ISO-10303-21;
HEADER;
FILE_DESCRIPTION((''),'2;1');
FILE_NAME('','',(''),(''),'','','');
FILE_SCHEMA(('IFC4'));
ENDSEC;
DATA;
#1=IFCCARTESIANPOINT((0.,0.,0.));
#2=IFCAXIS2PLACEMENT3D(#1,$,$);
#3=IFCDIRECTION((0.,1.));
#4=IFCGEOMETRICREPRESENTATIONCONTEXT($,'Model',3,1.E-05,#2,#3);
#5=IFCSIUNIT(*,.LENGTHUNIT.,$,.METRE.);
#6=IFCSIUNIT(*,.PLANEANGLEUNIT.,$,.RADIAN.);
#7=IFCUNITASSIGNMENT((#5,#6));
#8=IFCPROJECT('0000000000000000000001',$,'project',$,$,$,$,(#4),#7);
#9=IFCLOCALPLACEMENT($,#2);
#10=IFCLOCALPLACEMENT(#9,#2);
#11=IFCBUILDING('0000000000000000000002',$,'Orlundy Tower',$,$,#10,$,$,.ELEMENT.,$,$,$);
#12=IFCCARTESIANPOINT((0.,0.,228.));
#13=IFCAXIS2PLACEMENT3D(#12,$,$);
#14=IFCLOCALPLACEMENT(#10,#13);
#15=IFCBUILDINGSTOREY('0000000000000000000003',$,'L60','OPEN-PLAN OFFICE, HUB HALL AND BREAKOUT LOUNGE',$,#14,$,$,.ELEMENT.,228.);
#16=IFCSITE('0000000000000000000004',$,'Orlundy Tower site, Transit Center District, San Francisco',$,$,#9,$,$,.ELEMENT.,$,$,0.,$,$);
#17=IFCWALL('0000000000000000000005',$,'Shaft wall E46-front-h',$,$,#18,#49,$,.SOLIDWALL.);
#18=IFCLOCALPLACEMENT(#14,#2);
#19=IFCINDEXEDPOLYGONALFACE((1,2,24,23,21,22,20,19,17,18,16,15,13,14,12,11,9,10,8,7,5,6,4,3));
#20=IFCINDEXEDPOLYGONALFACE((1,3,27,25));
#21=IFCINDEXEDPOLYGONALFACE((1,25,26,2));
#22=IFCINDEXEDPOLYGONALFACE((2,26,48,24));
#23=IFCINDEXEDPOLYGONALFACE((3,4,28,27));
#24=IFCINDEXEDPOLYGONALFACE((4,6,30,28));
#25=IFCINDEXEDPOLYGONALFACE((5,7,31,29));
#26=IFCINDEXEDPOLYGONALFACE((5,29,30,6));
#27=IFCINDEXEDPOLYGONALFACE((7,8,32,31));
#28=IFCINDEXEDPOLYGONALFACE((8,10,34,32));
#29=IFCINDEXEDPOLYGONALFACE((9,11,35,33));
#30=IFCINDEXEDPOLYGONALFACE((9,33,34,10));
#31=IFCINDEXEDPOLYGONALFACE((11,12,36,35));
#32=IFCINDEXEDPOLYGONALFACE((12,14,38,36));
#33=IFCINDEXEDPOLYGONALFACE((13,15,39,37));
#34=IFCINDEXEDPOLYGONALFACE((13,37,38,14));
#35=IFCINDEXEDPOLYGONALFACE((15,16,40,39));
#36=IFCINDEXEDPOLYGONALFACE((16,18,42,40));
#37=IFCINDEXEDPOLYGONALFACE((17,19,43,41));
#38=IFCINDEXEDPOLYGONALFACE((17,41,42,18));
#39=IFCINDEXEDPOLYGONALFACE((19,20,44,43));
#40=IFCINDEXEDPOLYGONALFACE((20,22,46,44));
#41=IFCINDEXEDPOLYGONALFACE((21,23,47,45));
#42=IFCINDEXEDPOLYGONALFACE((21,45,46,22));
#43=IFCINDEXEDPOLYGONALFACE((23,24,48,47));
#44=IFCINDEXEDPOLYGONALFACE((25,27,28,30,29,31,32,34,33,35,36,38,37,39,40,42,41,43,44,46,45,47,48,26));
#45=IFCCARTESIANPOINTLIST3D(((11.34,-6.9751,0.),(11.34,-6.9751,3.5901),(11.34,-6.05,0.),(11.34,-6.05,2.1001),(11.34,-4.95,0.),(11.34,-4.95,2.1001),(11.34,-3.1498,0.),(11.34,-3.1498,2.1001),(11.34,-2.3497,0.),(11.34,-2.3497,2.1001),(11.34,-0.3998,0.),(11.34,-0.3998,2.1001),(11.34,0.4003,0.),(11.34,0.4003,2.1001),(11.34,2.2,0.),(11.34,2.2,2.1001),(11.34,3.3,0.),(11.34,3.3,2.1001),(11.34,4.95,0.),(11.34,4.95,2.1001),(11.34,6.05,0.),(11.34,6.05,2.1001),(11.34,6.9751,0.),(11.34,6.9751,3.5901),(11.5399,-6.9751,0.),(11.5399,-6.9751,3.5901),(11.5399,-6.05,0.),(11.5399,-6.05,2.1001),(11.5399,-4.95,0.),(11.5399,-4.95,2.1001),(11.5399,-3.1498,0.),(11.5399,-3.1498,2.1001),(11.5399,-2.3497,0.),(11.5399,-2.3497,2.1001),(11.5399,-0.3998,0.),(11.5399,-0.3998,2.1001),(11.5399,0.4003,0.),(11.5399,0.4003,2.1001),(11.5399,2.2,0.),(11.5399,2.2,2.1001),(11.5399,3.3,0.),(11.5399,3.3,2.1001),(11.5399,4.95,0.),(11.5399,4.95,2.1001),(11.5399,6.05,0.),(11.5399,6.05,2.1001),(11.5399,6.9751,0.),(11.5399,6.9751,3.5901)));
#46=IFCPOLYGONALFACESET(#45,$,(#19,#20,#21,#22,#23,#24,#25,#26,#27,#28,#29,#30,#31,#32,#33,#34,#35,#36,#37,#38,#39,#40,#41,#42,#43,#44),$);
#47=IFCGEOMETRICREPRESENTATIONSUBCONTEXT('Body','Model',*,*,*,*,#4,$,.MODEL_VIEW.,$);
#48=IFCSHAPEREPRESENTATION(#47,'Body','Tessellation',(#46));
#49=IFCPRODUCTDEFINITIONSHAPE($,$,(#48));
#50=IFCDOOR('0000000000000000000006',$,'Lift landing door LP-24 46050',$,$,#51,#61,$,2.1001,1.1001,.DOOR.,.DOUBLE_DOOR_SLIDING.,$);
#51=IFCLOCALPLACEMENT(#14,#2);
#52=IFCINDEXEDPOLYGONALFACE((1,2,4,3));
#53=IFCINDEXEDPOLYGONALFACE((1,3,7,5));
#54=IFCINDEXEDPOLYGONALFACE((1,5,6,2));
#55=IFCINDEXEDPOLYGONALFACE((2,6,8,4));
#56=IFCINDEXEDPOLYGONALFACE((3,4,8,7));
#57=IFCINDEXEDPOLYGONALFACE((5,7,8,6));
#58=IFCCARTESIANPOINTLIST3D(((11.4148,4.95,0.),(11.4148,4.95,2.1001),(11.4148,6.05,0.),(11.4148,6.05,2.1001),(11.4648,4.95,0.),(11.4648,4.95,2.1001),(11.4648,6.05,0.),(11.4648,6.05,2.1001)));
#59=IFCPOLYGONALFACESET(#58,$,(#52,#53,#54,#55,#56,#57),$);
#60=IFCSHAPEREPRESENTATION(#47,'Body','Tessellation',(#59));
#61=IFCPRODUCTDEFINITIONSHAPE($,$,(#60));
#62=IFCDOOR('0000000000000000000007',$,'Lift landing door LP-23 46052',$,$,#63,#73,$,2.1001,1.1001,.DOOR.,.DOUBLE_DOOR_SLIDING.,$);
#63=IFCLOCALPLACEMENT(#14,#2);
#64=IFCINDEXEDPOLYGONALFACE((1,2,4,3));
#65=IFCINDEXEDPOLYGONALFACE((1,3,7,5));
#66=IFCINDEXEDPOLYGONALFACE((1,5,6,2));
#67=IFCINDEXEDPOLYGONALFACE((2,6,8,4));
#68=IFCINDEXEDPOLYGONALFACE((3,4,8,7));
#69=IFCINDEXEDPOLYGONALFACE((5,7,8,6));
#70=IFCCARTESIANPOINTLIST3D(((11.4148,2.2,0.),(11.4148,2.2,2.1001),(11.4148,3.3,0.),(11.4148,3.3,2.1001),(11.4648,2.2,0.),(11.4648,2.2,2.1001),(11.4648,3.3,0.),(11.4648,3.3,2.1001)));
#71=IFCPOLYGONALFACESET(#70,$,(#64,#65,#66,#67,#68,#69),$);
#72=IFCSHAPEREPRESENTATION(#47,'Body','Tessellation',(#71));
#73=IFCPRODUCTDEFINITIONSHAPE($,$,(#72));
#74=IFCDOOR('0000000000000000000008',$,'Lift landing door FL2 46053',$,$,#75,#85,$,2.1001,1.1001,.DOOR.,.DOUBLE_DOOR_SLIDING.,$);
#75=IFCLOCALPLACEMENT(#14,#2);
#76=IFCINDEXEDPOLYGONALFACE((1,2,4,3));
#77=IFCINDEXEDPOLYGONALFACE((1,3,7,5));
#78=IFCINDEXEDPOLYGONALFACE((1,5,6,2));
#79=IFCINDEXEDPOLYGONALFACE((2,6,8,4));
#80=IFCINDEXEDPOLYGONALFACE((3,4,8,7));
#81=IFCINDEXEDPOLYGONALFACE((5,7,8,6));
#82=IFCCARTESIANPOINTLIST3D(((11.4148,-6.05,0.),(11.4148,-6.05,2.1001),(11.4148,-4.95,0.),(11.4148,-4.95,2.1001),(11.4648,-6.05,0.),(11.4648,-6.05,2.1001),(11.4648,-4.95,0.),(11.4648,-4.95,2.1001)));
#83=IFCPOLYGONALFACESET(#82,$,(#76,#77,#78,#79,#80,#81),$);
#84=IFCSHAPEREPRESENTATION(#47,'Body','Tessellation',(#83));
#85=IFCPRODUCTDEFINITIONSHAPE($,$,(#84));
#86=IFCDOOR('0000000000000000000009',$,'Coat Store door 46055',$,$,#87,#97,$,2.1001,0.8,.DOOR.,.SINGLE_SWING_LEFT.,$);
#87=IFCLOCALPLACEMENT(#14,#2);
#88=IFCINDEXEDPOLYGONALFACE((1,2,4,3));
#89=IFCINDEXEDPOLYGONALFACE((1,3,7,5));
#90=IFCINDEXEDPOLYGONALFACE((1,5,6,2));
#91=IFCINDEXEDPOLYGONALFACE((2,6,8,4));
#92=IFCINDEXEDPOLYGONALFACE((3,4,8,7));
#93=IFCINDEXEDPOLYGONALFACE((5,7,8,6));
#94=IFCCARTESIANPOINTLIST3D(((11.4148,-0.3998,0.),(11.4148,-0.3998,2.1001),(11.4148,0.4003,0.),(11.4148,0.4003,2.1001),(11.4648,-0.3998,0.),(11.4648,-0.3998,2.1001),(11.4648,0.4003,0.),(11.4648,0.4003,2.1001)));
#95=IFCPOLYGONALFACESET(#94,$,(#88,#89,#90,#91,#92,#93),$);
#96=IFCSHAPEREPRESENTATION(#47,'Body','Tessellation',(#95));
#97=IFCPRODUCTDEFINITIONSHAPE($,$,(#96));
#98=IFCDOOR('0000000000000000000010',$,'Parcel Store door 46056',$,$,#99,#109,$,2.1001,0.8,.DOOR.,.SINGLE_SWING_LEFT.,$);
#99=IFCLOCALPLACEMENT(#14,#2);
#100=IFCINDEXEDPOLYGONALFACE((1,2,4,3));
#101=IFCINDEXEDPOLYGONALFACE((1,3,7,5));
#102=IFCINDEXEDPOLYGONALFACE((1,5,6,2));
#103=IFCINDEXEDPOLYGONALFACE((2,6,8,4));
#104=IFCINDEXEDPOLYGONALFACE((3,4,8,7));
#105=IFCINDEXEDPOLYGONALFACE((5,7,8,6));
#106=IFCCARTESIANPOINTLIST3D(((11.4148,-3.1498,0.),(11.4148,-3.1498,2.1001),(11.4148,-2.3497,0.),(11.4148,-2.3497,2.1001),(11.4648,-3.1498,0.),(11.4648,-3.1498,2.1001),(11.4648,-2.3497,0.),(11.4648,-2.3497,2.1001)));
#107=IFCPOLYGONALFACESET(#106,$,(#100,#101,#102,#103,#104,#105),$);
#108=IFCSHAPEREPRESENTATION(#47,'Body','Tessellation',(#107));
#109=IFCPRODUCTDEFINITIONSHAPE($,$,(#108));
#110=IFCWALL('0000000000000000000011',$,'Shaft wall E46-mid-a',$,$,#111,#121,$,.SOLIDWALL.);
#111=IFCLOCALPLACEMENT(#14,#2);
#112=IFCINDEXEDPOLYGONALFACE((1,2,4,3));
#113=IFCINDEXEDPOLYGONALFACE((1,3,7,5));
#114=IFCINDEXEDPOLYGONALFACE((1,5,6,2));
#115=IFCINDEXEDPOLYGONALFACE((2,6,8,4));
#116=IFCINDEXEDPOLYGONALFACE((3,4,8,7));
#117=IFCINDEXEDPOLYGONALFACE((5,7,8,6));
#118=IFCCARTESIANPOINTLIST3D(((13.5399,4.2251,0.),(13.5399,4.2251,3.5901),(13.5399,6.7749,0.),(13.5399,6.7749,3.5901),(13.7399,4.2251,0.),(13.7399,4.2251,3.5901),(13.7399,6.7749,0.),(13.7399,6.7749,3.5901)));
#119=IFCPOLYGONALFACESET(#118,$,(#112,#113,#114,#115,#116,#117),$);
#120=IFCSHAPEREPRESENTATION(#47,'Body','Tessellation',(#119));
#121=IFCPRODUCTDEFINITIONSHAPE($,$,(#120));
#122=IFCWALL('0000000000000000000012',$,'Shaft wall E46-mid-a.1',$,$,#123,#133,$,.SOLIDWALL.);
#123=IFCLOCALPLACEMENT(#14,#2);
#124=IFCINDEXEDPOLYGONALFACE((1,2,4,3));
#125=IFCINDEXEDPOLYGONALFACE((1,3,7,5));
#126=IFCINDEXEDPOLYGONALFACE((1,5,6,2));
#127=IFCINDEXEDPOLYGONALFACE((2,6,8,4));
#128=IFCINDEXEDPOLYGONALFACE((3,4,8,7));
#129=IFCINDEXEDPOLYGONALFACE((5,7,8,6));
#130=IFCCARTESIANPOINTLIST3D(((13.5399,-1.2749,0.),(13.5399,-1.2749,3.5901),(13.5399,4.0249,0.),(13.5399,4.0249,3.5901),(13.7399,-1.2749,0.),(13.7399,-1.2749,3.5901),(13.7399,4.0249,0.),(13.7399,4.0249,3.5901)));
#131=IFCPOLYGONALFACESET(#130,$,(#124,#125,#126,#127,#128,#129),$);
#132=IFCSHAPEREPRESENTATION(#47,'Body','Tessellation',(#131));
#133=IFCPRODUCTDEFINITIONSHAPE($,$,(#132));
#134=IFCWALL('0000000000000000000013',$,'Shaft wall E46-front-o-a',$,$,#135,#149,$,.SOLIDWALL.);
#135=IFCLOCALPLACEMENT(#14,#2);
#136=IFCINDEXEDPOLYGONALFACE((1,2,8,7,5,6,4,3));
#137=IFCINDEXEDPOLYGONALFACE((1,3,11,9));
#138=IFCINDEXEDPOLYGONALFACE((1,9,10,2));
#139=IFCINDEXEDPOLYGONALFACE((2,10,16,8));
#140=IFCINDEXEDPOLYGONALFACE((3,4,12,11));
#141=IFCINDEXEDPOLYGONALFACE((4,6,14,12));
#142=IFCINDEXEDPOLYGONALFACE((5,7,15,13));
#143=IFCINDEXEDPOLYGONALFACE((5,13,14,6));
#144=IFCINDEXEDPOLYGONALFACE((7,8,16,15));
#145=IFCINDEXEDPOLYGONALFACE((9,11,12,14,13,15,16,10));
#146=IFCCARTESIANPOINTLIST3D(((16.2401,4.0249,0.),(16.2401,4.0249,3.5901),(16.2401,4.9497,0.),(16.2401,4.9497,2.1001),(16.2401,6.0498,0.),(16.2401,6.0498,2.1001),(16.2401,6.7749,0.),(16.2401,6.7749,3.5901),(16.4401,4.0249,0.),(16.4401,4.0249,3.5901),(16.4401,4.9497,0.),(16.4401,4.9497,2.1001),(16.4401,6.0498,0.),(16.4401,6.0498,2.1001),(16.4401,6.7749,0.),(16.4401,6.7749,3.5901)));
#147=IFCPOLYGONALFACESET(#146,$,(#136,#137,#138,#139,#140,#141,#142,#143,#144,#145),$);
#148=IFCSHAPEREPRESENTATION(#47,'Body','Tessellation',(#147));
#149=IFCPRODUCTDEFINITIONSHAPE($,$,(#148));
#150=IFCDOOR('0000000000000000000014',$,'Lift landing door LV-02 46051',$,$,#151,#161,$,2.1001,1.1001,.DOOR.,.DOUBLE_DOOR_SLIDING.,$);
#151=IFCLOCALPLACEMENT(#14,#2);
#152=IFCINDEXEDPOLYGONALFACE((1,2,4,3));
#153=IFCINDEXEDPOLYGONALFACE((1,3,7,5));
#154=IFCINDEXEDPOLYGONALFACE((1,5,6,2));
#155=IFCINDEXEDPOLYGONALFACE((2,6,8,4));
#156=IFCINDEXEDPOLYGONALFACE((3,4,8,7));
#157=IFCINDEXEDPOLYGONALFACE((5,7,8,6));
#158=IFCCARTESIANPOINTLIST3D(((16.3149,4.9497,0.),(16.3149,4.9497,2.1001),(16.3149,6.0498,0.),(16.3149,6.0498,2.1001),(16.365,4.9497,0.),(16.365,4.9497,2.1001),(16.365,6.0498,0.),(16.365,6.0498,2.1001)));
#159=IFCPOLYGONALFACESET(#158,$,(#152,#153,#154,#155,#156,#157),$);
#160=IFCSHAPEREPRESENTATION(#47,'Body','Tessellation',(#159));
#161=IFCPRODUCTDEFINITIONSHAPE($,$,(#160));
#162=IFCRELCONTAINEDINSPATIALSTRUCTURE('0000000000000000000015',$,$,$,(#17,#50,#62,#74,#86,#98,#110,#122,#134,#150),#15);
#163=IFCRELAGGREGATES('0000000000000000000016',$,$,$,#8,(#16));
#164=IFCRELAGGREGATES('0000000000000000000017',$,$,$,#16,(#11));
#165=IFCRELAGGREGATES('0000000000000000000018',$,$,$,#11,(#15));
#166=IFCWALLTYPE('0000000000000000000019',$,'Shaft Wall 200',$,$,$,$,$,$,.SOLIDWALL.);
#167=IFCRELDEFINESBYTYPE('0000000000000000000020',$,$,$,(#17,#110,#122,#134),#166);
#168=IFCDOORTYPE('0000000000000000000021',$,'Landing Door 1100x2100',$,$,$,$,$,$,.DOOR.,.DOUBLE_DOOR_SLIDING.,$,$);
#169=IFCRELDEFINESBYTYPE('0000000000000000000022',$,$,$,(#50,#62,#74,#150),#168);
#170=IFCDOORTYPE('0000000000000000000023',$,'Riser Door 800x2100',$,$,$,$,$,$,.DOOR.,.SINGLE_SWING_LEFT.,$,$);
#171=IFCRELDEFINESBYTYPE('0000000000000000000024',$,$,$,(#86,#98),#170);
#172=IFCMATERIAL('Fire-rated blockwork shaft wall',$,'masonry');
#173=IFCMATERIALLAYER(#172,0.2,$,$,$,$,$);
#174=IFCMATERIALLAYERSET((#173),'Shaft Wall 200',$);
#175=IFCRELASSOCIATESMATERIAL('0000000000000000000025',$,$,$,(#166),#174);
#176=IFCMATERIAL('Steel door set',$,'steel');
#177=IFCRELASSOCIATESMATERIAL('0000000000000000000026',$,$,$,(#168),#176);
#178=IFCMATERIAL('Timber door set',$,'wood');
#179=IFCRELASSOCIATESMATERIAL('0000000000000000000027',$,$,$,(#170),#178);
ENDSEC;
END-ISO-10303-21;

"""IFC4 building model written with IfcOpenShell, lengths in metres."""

from ifc_helpers import new_model, si_unit, direction, frame, frame_2d, origin, place, context, subcontext, project, spatial, rectangle, extrude, material, layer, layer_set, type_object, element, fill, save


model = new_model("IFC4")

# Units and contexts
model_context = context("Model", 3, precision=1e-05, world=origin(), true_north=direction((0.0, 1.0)))
body_context = subcontext(model_context, "Body", "Model", "MODEL_VIEW")
ifc_project = project(units=[si_unit("LENGTHUNIT", "METRE"), si_unit("PLANEANGLEUNIT", "RADIAN")], contexts=[model_context])

# Site, building, storey
site_placement = place(None, origin())
site = spatial("IfcSite", under=ifc_project, at=site_placement, Name="Orlundy Tower site, Transit Center District, San Francisco", CompositionType="ELEMENT", RefElevation=0.0)
building_placement = place(site_placement, origin())
building = spatial("IfcBuilding", under=site, at=building_placement, Name="Orlundy Tower", CompositionType="ELEMENT")
storey_placement = place(building_placement, frame((0.0, 0.0, 228.0)))
storey = spatial("IfcBuildingStorey", under=building, at=storey_placement, Name="L60", Description="OPEN-PLAN OFFICE, HUB HALL AND BREAKOUT LOUNGE", CompositionType="ELEMENT", Elevation=228.0)

# Shared definitions
ifc_material_1 = material(Name="Fire-rated blockwork shaft wall", Category="masonry")
ifc_layer_1 = layer(ifc_material_1, 0.2)
ifc_layer_set_1 = layer_set([ifc_layer_1], Name="Shaft Wall 200")
wall_type_1 = type_object("IfcWallType", Name="Shaft Wall 200", PredefinedType="SOLIDWALL", material=ifc_layer_set_1)

# Wall, openings, doors
wall_1_placement = place(storey_placement, frame((11.4399, 6.9751, 0.0), z_axis=(0.0, 0.0, 1.0), x_axis=(0.0, -1.0, 0.0)))
wall_1 = element("IfcWall", 1, at=wall_1_placement, inside=storey, type_object=wall_type_1, Name="Shaft wall E46-front-h", PredefinedType="SOLIDWALL", context=body_context, shape_type="SweptSolid", body=[
    extrude(rectangle(XDim=13.9502, YDim=0.2, at=frame_2d((6.9751, 0.0))), origin(), (0.0, 0.0, 1.0), 3.5901),
])
opening_1_placement = place(wall_1_placement, frame((0.925, 0.0, 0.0)))
opening_1 = element("IfcOpeningElement", 2, at=opening_1_placement, cuts=wall_1, PredefinedType="OPENING", context=body_context, shape_type="SweptSolid", body=[
    extrude(rectangle(XDim=1.1001, YDim=2.1001, at=frame_2d((0.55, 1.05))), frame((0.0, 0.1101, 0.0), z_axis=(0.0, -1.0, 0.0), x_axis=(1.0, 0.0, 0.0)), (0.0, 0.0, 1.0), 0.2202),
])
opening_2_placement = place(wall_1_placement, frame((3.675, 0.0, 0.0)))
opening_2 = element("IfcOpeningElement", 3, at=opening_2_placement, cuts=wall_1, PredefinedType="OPENING", context=body_context, shape_type="SweptSolid", body=[
    extrude(rectangle(XDim=1.1001, YDim=2.1001, at=frame_2d((0.55, 1.05))), frame((0.0, 0.1101, 0.0), z_axis=(0.0, -1.0, 0.0), x_axis=(1.0, 0.0, 0.0)), (0.0, 0.0, 1.0), 0.2202),
])
opening_3_placement = place(wall_1_placement, frame((11.925, 0.0, 0.0)))
opening_3 = element("IfcOpeningElement", 4, at=opening_3_placement, cuts=wall_1, PredefinedType="OPENING", context=body_context, shape_type="SweptSolid", body=[
    extrude(rectangle(XDim=1.1001, YDim=2.1001, at=frame_2d((0.55, 1.05))), frame((0.0, 0.1101, 0.0), z_axis=(0.0, -1.0, 0.0), x_axis=(1.0, 0.0, 0.0)), (0.0, 0.0, 1.0), 0.2202),
])
opening_4_placement = place(wall_1_placement, frame((6.575, 0.0, 0.0)))
opening_4 = element("IfcOpeningElement", 5, at=opening_4_placement, cuts=wall_1, PredefinedType="OPENING", context=body_context, shape_type="SweptSolid", body=[
    extrude(rectangle(XDim=0.8, YDim=2.1001, at=frame_2d((0.3999, 1.05))), frame((0.0, 0.1101, 0.0), z_axis=(0.0, -1.0, 0.0), x_axis=(1.0, 0.0, 0.0)), (0.0, 0.0, 1.0), 0.2202),
])
opening_5_placement = place(wall_1_placement, frame((9.325, 0.0, 0.0)))
opening_5 = element("IfcOpeningElement", 6, at=opening_5_placement, cuts=wall_1, PredefinedType="OPENING", context=body_context, shape_type="SweptSolid", body=[
    extrude(rectangle(XDim=0.8, YDim=2.1001, at=frame_2d((0.3999, 1.05))), frame((0.0, 0.1101, 0.0), z_axis=(0.0, -1.0, 0.0), x_axis=(1.0, 0.0, 0.0)), (0.0, 0.0, 1.0), 0.2202),
])
ifc_material_2 = material(Name="Steel door set", Category="steel")
door_type_1 = type_object("IfcDoorType", Name="Landing Door 1100x2100", OperationType="DOUBLE_DOOR_SLIDING", PredefinedType="DOOR", material=ifc_material_2)
door_1_placement = place(opening_1_placement, origin())
door_1 = element("IfcDoor", 7, at=door_1_placement, inside=storey, type_object=door_type_1, Name="Lift landing door LP-24 46050", OperationType="DOUBLE_DOOR_SLIDING", OverallHeight=2.1001, OverallWidth=1.1001, PredefinedType="DOOR", context=body_context, shape_type="SweptSolid", body=[
    extrude(rectangle(XDim=1.1001, YDim=2.1001, at=frame_2d((0.55, 1.05))), frame((0.0, 0.0249, 0.0), z_axis=(0.0, -1.0, 0.0), x_axis=(1.0, 0.0, 0.0)), (0.0, 0.0, 1.0), 0.05),
])
fill(opening_1, door_1)
door_2_placement = place(opening_2_placement, origin())
door_2 = element("IfcDoor", 8, at=door_2_placement, inside=storey, type_object=door_type_1, Name="Lift landing door LP-23 46052", OperationType="DOUBLE_DOOR_SLIDING", OverallHeight=2.1001, OverallWidth=1.1001, PredefinedType="DOOR", context=body_context, shape_type="SweptSolid", body=[
    extrude(rectangle(XDim=1.1001, YDim=2.1001, at=frame_2d((0.55, 1.05))), frame((0.0, 0.0249, 0.0), z_axis=(0.0, -1.0, 0.0), x_axis=(1.0, 0.0, 0.0)), (0.0, 0.0, 1.0), 0.05),
])
fill(opening_2, door_2)
door_3_placement = place(opening_3_placement, origin())
door_3 = element("IfcDoor", 9, at=door_3_placement, inside=storey, type_object=door_type_1, Name="Lift landing door FL2 46053", OperationType="DOUBLE_DOOR_SLIDING", OverallHeight=2.1001, OverallWidth=1.1001, PredefinedType="DOOR", context=body_context, shape_type="SweptSolid", body=[
    extrude(rectangle(XDim=1.1001, YDim=2.1001, at=frame_2d((0.55, 1.05))), frame((0.0, 0.0249, 0.0), z_axis=(0.0, -1.0, 0.0), x_axis=(1.0, 0.0, 0.0)), (0.0, 0.0, 1.0), 0.05),
])
fill(opening_3, door_3)
ifc_material_3 = material(Name="Timber door set", Category="wood")
door_type_2 = type_object("IfcDoorType", Name="Riser Door 800x2100", OperationType="SINGLE_SWING_LEFT", PredefinedType="DOOR", material=ifc_material_3)
door_4_placement = place(opening_4_placement, origin())
door_4 = element("IfcDoor", 10, at=door_4_placement, inside=storey, type_object=door_type_2, Name="Coat Store door 46055", OperationType="SINGLE_SWING_LEFT", OverallHeight=2.1001, OverallWidth=0.8, PredefinedType="DOOR", context=body_context, shape_type="SweptSolid", body=[
    extrude(rectangle(XDim=0.8, YDim=2.1001, at=frame_2d((0.3999, 1.05))), frame((0.0, 0.0249, 0.0), z_axis=(0.0, -1.0, 0.0), x_axis=(1.0, 0.0, 0.0)), (0.0, 0.0, 1.0), 0.05),
])
fill(opening_4, door_4)
door_5_placement = place(opening_5_placement, origin())
door_5 = element("IfcDoor", 11, at=door_5_placement, inside=storey, type_object=door_type_2, Name="Parcel Store door 46056", OperationType="SINGLE_SWING_LEFT", OverallHeight=2.1001, OverallWidth=0.8, PredefinedType="DOOR", context=body_context, shape_type="SweptSolid", body=[
    extrude(rectangle(XDim=0.8, YDim=2.1001, at=frame_2d((0.3999, 1.05))), frame((0.0, 0.0249, 0.0), z_axis=(0.0, -1.0, 0.0), x_axis=(1.0, 0.0, 0.0)), (0.0, 0.0, 1.0), 0.05),
])
fill(opening_5, door_5)

# Walls
wall_2_placement = place(storey_placement, frame((13.6399, 6.7749, 0.0), z_axis=(0.0, 0.0, 1.0), x_axis=(0.0, -1.0, 0.0)))
element("IfcWall", 12, at=wall_2_placement, inside=storey, type_object=wall_type_1, Name="Shaft wall E46-mid-a", PredefinedType="SOLIDWALL", context=body_context, shape_type="SweptSolid", body=[
    extrude(rectangle(XDim=2.5498, YDim=0.2, at=frame_2d((1.2749, 0.0))), origin(), (0.0, 0.0, 1.0), 3.5901),
])
wall_3_placement = place(storey_placement, frame((13.6399, 4.0249, 0.0), z_axis=(0.0, 0.0, 1.0), x_axis=(0.0, -1.0, 0.0)))
element("IfcWall", 13, at=wall_3_placement, inside=storey, type_object=wall_type_1, Name="Shaft wall E46-mid-a.1", PredefinedType="SOLIDWALL", context=body_context, shape_type="SweptSolid", body=[
    extrude(rectangle(XDim=5.2998, YDim=0.2, at=frame_2d((2.6499, 0.0))), origin(), (0.0, 0.0, 1.0), 3.5901),
])

# Wall, opening, door
wall_4_placement = place(storey_placement, frame((16.3401, 6.7749, 0.0), z_axis=(0.0, 0.0, 1.0), x_axis=(0.0, -1.0, 0.0)))
wall_4 = element("IfcWall", 14, at=wall_4_placement, inside=storey, type_object=wall_type_1, Name="Shaft wall E46-front-o-a", PredefinedType="SOLIDWALL", context=body_context, shape_type="SweptSolid", body=[
    extrude(rectangle(XDim=2.75, YDim=0.2, at=frame_2d((1.375, 0.0))), origin(), (0.0, 0.0, 1.0), 3.5901),
])
opening_6_placement = place(wall_4_placement, frame((0.7251, 0.0, 0.0)))
opening_6 = element("IfcOpeningElement", 15, at=opening_6_placement, cuts=wall_4, PredefinedType="OPENING", context=body_context, shape_type="SweptSolid", body=[
    extrude(rectangle(XDim=1.1001, YDim=2.1001, at=frame_2d((0.55, 1.05))), frame((0.0, 0.1101, 0.0), z_axis=(0.0, -1.0, 0.0), x_axis=(1.0, 0.0, 0.0)), (0.0, 0.0, 1.0), 0.2202),
])
door_6_placement = place(opening_6_placement, origin())
door_6 = element("IfcDoor", 16, at=door_6_placement, inside=storey, type_object=door_type_1, Name="Lift landing door LV-02 46051", OperationType="DOUBLE_DOOR_SLIDING", OverallHeight=2.1001, OverallWidth=1.1001, PredefinedType="DOOR", context=body_context, shape_type="SweptSolid", body=[
    extrude(rectangle(XDim=1.1001, YDim=2.1001, at=frame_2d((0.55, 1.05))), frame((0.0, 0.0249, 0.0), z_axis=(0.0, -1.0, 0.0), x_axis=(1.0, 0.0, 0.0)), (0.0, 0.0, 1.0), 0.05),
])
fill(opening_6, door_6)

save(model, "model.ifc")
